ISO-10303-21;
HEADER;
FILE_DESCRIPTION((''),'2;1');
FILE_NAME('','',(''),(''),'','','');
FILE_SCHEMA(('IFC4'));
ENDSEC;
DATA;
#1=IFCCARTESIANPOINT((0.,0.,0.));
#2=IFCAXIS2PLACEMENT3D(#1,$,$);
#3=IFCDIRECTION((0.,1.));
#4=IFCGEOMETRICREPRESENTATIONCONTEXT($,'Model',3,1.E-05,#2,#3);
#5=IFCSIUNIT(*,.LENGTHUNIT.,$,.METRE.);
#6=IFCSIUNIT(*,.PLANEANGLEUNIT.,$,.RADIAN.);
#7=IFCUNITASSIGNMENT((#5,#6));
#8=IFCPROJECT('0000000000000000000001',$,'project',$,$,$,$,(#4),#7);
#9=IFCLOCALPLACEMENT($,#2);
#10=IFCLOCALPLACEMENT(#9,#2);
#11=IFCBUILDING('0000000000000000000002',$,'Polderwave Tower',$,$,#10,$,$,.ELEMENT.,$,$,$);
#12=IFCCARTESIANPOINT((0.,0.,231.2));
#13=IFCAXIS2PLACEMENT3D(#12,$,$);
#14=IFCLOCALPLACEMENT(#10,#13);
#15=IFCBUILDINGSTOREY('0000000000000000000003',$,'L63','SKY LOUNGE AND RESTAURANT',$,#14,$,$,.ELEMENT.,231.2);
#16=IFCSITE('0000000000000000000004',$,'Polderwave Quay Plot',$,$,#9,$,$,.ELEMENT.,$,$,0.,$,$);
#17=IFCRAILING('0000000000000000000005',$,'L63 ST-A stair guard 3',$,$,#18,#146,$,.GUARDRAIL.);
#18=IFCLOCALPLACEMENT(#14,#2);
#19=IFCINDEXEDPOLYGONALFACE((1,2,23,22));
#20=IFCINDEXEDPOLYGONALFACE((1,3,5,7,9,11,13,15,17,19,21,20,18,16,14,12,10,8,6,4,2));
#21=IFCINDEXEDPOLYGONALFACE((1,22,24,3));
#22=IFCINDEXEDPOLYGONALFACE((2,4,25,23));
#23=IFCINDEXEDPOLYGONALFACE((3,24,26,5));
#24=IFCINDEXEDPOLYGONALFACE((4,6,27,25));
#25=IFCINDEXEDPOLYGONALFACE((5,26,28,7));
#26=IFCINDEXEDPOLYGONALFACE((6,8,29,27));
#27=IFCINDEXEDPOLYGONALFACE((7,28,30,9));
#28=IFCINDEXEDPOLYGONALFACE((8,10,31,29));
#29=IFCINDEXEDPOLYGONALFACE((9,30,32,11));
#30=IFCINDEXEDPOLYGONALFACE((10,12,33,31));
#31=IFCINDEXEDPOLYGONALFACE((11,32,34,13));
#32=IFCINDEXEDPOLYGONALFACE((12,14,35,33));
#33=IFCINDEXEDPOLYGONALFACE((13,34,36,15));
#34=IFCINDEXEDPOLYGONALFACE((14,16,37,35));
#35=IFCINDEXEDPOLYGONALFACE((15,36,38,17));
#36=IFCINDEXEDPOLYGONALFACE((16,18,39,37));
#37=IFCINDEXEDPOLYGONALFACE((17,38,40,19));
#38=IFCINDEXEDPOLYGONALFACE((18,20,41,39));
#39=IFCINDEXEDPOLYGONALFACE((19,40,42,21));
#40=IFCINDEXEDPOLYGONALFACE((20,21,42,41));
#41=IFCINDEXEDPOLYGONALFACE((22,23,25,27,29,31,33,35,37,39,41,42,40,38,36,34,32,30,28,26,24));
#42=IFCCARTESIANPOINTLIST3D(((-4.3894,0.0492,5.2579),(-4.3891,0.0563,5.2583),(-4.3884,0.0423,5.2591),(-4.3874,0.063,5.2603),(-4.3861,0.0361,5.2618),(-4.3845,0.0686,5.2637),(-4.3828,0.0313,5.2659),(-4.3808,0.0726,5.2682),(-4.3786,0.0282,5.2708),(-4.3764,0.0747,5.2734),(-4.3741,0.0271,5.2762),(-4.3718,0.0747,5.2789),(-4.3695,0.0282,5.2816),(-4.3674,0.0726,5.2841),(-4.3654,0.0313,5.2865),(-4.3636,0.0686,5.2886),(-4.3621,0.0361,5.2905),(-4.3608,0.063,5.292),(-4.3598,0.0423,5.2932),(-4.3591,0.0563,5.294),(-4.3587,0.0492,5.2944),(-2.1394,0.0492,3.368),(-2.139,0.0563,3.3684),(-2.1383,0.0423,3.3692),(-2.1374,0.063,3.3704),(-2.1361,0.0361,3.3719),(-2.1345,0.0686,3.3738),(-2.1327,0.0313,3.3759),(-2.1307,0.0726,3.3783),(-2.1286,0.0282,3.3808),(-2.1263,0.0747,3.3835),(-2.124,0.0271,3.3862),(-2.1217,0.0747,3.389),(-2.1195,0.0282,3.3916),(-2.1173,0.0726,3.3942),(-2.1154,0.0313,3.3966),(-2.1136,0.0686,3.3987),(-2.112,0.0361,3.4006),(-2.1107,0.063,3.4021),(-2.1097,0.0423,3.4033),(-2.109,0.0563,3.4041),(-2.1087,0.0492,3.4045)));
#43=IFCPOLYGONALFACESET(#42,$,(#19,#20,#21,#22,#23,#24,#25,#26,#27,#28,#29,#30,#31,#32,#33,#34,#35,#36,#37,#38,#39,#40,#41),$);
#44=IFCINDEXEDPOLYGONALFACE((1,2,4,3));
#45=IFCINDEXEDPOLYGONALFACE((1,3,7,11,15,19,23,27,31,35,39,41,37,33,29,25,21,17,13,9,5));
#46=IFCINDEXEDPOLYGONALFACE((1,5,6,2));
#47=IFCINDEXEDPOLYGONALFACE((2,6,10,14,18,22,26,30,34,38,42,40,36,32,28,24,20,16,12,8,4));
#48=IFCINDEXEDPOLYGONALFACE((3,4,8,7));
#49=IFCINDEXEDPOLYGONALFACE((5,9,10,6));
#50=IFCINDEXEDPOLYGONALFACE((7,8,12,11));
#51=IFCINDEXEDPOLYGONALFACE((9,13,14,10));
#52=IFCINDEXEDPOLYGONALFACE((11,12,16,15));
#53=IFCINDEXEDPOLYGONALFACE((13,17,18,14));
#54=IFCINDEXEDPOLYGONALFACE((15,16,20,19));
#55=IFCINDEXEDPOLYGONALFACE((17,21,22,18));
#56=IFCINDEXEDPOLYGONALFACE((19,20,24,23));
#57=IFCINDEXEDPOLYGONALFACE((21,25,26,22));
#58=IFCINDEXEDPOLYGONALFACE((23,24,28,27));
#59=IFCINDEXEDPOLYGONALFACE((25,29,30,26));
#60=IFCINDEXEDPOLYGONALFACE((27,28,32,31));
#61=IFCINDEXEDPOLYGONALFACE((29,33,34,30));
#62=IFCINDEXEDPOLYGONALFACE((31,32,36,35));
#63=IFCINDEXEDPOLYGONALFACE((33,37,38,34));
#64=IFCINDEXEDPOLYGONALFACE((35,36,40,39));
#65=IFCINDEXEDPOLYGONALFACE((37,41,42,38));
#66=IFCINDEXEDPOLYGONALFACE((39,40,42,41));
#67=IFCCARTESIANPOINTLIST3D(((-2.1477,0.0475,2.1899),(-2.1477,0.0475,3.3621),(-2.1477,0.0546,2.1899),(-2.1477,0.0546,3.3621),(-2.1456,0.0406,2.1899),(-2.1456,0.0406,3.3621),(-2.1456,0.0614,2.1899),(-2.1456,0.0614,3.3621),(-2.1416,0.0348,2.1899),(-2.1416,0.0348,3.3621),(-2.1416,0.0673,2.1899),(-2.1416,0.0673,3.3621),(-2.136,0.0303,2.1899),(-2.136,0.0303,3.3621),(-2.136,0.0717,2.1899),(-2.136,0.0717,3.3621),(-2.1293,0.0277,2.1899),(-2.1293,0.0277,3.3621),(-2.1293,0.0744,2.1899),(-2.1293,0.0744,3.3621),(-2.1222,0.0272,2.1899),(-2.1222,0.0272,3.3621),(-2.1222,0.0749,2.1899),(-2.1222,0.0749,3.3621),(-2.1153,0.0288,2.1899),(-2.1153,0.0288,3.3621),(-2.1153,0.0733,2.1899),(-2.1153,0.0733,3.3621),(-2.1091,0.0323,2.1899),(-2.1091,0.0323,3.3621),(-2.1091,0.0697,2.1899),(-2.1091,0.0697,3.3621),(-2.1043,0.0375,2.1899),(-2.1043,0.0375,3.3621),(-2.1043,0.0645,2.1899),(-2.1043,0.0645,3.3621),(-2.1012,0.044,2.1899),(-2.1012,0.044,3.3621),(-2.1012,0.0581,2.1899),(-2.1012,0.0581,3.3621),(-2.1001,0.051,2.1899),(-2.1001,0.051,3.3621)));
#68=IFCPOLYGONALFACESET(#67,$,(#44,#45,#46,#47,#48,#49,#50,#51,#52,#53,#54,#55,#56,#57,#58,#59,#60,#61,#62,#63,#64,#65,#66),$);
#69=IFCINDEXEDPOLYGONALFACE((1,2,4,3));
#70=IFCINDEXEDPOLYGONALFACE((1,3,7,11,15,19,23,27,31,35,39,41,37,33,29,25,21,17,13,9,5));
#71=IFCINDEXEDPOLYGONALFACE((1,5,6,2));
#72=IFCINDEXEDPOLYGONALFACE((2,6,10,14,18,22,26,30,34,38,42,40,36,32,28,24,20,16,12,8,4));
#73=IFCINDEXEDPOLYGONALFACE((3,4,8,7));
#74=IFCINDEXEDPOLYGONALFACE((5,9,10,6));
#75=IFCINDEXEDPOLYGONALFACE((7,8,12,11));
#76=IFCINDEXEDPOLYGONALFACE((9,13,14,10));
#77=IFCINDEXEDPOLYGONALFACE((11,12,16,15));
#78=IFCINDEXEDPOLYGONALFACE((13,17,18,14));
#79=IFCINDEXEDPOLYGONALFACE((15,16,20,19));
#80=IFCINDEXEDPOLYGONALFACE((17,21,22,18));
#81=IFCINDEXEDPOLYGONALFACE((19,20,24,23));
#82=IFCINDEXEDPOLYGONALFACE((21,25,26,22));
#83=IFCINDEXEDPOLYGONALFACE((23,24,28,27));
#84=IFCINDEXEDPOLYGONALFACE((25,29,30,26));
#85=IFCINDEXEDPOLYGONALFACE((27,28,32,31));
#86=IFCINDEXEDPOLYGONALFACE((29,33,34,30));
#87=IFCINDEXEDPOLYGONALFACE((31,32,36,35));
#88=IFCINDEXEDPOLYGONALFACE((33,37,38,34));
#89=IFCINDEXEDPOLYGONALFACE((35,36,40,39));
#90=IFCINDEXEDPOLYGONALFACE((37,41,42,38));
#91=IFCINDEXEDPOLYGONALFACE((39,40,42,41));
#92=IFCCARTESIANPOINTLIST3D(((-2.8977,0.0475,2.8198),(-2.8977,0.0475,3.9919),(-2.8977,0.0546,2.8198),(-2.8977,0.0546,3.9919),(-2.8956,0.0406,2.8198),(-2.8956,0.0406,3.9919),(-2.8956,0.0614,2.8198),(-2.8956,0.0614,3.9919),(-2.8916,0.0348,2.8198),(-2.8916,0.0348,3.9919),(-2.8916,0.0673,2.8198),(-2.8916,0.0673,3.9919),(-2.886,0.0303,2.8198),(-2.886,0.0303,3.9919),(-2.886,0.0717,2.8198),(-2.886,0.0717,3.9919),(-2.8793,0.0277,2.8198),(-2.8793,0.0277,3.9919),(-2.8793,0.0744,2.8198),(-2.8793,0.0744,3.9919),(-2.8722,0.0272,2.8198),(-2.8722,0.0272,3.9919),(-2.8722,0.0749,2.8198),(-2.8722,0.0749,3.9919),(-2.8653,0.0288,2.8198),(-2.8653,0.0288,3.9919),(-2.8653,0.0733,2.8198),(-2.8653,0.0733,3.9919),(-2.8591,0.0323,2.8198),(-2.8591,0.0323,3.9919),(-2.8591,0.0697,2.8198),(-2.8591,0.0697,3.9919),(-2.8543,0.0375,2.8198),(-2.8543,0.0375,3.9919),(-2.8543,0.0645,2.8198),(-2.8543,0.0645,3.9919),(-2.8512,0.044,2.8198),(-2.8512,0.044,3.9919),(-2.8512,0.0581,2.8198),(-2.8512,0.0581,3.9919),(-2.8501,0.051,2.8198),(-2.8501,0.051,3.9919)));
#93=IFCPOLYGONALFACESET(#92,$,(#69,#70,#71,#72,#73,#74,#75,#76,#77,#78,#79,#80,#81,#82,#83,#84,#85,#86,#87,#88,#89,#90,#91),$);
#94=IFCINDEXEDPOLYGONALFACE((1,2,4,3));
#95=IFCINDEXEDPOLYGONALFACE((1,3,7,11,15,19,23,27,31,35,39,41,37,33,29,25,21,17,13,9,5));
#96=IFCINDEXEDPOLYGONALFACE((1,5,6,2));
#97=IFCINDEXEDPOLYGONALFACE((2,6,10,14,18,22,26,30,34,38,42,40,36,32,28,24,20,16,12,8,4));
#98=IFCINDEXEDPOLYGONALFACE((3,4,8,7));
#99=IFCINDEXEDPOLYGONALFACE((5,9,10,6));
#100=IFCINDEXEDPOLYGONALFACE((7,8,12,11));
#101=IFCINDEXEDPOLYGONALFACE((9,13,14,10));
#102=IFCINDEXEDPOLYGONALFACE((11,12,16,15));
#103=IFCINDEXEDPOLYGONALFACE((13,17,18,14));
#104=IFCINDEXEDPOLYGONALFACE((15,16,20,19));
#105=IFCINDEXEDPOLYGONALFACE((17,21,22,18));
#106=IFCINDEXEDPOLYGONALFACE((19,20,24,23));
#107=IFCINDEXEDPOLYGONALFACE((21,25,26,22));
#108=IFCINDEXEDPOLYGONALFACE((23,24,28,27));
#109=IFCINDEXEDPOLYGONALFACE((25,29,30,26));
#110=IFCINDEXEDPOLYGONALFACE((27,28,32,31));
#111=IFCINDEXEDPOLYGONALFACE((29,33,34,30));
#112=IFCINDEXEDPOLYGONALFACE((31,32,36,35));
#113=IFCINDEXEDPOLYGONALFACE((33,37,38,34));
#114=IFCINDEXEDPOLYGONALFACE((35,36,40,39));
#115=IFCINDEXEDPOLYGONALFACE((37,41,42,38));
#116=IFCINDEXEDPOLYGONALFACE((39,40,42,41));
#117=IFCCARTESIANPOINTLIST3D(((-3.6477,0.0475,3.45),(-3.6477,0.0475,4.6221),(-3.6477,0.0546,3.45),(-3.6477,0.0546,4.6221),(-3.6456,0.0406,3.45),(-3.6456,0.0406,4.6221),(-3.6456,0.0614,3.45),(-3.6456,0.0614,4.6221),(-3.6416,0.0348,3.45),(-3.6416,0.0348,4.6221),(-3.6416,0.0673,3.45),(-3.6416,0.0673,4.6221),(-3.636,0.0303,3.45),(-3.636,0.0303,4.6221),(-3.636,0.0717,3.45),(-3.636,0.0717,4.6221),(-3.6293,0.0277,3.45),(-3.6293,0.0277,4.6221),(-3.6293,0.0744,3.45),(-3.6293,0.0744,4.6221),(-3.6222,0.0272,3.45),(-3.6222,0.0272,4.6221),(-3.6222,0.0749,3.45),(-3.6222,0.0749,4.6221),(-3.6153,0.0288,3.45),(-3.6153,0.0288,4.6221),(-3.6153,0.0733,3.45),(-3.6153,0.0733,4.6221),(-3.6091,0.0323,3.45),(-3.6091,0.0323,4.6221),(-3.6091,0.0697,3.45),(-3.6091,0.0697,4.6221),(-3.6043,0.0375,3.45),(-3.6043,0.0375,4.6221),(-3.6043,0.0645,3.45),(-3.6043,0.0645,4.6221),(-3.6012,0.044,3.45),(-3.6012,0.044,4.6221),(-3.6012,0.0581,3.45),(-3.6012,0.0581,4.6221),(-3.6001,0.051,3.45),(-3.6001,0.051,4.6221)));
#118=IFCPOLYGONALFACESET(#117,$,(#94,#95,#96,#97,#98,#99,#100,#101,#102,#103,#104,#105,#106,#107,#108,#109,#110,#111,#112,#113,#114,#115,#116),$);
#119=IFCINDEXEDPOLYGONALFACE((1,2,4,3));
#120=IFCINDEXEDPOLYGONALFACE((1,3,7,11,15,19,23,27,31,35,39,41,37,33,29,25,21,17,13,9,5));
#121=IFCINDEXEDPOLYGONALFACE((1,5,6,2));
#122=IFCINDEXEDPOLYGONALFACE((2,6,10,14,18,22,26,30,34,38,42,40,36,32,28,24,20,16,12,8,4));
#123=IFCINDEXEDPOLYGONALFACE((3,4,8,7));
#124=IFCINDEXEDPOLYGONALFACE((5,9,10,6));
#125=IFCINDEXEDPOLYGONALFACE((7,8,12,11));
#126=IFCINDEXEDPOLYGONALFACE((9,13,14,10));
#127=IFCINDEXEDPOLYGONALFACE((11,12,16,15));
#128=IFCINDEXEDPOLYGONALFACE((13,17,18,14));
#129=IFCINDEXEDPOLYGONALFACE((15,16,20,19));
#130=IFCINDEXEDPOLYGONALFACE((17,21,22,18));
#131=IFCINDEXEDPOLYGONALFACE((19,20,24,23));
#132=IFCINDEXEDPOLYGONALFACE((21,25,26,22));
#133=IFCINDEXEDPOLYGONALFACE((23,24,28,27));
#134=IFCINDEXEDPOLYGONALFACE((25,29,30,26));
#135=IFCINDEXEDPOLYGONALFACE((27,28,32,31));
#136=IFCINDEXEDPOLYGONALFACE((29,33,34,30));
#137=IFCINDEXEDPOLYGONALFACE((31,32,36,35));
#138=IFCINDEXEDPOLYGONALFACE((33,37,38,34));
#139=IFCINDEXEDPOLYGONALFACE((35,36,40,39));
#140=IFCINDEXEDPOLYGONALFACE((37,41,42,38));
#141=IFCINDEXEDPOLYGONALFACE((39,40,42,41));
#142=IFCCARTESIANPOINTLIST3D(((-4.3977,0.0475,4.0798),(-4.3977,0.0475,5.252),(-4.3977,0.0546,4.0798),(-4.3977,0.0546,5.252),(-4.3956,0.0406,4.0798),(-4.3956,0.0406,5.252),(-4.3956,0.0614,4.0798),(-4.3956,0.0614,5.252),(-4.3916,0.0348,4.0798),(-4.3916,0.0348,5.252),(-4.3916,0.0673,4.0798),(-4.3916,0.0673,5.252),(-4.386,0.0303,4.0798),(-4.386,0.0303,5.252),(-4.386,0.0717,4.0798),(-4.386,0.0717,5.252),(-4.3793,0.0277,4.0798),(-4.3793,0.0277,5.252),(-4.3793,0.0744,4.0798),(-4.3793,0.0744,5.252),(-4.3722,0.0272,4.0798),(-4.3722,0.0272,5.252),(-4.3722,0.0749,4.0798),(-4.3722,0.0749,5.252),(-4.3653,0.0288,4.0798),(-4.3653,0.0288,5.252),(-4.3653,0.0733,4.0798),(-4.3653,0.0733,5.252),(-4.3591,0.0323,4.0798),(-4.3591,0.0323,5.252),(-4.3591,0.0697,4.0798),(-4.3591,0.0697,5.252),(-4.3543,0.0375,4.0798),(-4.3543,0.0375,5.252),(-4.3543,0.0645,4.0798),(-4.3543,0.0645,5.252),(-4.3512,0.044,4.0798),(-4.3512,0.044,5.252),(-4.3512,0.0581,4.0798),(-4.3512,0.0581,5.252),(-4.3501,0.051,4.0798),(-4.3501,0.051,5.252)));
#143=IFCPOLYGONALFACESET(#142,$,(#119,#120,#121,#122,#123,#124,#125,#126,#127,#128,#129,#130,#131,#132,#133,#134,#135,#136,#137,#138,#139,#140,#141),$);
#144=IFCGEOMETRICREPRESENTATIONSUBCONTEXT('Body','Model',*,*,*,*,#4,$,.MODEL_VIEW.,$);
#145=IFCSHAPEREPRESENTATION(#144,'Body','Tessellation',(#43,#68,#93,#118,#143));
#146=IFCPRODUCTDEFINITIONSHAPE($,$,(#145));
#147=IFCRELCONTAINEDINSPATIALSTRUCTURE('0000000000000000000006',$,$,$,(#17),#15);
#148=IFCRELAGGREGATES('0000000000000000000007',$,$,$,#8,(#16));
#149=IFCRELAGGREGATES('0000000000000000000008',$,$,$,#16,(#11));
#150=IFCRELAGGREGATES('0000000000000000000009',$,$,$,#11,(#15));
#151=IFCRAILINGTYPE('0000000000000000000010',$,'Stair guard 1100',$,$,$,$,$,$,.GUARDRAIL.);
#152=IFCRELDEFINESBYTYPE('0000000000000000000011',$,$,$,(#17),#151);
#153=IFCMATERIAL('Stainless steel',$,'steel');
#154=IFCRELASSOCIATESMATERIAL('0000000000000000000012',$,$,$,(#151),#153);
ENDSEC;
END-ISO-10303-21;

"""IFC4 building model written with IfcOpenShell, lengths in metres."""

from ifc_helpers import new_model, si_unit, direction, frame, origin, origin_2d, place, context, subcontext, project, spatial, circle, extrude, material, type_object, element, save


model = new_model("IFC4")

# Units and contexts
model_context = context("Model", 3, precision=1e-05, world=origin(), true_north=direction((0.0, 1.0)))
body_context = subcontext(model_context, "Body", "Model", "MODEL_VIEW")
ifc_project = project(units=[si_unit("LENGTHUNIT", "METRE"), si_unit("PLANEANGLEUNIT", "RADIAN")], contexts=[model_context])

# Site, building, storey
site_placement = place(None, origin())
site = spatial("IfcSite", under=ifc_project, at=site_placement, Name="Polderwave Quay Plot", CompositionType="ELEMENT", RefElevation=0.0)
building_placement = place(site_placement, origin())
building = spatial("IfcBuilding", under=site, at=building_placement, Name="Polderwave Tower", CompositionType="ELEMENT")
storey_placement = place(building_placement, frame((0.0, 0.0, 231.2)))
storey = spatial("IfcBuildingStorey", under=building, at=storey_placement, Name="L63", Description="SKY LOUNGE AND RESTAURANT", CompositionType="ELEMENT", Elevation=231.2)

# Shared definitions
ifc_material_1 = material(Name="Stainless steel", Category="steel")

# Railing
railing_type_1 = type_object("IfcRailingType", Name="Stair guard 1100", PredefinedType="GUARDRAIL", material=ifc_material_1)
railing_1_placement = place(storey_placement, frame((-2.124, 0.051, 2.1899)))
element("IfcRailing", 1, at=railing_1_placement, inside=storey, type_object=railing_type_1, Name="L63 ST-A stair guard 3", PredefinedType="GUARDRAIL", context=body_context, shape_type="SweptSolid", body=[
    extrude(circle(Radius=0.0239, at=origin_2d()), frame((0.0, 0.0, 1.1963), z_axis=(-0.765723, 0.0, 0.643171), x_axis=(0.0, -1.0, 0.0)), (0.0, 0.0, 1.0), 2.9385),
    extrude(circle(Radius=0.0239, at=origin_2d()), origin(), (0.0, 0.0, 1.0), 1.1721),
    extrude(circle(Radius=0.0239, at=origin_2d()), frame((-0.75, 0.0, 0.6299)), (0.0, 0.0, 1.0), 1.1721),
    extrude(circle(Radius=0.0239, at=origin_2d()), frame((-1.5, 0.0, 1.26)), (0.0, 0.0, 1.0), 1.1721),
    extrude(circle(Radius=0.0239, at=origin_2d()), frame((-2.25, 0.0, 1.8899)), (0.0, 0.0, 1.0), 1.1721),
])

save(model, "model.ifc")
